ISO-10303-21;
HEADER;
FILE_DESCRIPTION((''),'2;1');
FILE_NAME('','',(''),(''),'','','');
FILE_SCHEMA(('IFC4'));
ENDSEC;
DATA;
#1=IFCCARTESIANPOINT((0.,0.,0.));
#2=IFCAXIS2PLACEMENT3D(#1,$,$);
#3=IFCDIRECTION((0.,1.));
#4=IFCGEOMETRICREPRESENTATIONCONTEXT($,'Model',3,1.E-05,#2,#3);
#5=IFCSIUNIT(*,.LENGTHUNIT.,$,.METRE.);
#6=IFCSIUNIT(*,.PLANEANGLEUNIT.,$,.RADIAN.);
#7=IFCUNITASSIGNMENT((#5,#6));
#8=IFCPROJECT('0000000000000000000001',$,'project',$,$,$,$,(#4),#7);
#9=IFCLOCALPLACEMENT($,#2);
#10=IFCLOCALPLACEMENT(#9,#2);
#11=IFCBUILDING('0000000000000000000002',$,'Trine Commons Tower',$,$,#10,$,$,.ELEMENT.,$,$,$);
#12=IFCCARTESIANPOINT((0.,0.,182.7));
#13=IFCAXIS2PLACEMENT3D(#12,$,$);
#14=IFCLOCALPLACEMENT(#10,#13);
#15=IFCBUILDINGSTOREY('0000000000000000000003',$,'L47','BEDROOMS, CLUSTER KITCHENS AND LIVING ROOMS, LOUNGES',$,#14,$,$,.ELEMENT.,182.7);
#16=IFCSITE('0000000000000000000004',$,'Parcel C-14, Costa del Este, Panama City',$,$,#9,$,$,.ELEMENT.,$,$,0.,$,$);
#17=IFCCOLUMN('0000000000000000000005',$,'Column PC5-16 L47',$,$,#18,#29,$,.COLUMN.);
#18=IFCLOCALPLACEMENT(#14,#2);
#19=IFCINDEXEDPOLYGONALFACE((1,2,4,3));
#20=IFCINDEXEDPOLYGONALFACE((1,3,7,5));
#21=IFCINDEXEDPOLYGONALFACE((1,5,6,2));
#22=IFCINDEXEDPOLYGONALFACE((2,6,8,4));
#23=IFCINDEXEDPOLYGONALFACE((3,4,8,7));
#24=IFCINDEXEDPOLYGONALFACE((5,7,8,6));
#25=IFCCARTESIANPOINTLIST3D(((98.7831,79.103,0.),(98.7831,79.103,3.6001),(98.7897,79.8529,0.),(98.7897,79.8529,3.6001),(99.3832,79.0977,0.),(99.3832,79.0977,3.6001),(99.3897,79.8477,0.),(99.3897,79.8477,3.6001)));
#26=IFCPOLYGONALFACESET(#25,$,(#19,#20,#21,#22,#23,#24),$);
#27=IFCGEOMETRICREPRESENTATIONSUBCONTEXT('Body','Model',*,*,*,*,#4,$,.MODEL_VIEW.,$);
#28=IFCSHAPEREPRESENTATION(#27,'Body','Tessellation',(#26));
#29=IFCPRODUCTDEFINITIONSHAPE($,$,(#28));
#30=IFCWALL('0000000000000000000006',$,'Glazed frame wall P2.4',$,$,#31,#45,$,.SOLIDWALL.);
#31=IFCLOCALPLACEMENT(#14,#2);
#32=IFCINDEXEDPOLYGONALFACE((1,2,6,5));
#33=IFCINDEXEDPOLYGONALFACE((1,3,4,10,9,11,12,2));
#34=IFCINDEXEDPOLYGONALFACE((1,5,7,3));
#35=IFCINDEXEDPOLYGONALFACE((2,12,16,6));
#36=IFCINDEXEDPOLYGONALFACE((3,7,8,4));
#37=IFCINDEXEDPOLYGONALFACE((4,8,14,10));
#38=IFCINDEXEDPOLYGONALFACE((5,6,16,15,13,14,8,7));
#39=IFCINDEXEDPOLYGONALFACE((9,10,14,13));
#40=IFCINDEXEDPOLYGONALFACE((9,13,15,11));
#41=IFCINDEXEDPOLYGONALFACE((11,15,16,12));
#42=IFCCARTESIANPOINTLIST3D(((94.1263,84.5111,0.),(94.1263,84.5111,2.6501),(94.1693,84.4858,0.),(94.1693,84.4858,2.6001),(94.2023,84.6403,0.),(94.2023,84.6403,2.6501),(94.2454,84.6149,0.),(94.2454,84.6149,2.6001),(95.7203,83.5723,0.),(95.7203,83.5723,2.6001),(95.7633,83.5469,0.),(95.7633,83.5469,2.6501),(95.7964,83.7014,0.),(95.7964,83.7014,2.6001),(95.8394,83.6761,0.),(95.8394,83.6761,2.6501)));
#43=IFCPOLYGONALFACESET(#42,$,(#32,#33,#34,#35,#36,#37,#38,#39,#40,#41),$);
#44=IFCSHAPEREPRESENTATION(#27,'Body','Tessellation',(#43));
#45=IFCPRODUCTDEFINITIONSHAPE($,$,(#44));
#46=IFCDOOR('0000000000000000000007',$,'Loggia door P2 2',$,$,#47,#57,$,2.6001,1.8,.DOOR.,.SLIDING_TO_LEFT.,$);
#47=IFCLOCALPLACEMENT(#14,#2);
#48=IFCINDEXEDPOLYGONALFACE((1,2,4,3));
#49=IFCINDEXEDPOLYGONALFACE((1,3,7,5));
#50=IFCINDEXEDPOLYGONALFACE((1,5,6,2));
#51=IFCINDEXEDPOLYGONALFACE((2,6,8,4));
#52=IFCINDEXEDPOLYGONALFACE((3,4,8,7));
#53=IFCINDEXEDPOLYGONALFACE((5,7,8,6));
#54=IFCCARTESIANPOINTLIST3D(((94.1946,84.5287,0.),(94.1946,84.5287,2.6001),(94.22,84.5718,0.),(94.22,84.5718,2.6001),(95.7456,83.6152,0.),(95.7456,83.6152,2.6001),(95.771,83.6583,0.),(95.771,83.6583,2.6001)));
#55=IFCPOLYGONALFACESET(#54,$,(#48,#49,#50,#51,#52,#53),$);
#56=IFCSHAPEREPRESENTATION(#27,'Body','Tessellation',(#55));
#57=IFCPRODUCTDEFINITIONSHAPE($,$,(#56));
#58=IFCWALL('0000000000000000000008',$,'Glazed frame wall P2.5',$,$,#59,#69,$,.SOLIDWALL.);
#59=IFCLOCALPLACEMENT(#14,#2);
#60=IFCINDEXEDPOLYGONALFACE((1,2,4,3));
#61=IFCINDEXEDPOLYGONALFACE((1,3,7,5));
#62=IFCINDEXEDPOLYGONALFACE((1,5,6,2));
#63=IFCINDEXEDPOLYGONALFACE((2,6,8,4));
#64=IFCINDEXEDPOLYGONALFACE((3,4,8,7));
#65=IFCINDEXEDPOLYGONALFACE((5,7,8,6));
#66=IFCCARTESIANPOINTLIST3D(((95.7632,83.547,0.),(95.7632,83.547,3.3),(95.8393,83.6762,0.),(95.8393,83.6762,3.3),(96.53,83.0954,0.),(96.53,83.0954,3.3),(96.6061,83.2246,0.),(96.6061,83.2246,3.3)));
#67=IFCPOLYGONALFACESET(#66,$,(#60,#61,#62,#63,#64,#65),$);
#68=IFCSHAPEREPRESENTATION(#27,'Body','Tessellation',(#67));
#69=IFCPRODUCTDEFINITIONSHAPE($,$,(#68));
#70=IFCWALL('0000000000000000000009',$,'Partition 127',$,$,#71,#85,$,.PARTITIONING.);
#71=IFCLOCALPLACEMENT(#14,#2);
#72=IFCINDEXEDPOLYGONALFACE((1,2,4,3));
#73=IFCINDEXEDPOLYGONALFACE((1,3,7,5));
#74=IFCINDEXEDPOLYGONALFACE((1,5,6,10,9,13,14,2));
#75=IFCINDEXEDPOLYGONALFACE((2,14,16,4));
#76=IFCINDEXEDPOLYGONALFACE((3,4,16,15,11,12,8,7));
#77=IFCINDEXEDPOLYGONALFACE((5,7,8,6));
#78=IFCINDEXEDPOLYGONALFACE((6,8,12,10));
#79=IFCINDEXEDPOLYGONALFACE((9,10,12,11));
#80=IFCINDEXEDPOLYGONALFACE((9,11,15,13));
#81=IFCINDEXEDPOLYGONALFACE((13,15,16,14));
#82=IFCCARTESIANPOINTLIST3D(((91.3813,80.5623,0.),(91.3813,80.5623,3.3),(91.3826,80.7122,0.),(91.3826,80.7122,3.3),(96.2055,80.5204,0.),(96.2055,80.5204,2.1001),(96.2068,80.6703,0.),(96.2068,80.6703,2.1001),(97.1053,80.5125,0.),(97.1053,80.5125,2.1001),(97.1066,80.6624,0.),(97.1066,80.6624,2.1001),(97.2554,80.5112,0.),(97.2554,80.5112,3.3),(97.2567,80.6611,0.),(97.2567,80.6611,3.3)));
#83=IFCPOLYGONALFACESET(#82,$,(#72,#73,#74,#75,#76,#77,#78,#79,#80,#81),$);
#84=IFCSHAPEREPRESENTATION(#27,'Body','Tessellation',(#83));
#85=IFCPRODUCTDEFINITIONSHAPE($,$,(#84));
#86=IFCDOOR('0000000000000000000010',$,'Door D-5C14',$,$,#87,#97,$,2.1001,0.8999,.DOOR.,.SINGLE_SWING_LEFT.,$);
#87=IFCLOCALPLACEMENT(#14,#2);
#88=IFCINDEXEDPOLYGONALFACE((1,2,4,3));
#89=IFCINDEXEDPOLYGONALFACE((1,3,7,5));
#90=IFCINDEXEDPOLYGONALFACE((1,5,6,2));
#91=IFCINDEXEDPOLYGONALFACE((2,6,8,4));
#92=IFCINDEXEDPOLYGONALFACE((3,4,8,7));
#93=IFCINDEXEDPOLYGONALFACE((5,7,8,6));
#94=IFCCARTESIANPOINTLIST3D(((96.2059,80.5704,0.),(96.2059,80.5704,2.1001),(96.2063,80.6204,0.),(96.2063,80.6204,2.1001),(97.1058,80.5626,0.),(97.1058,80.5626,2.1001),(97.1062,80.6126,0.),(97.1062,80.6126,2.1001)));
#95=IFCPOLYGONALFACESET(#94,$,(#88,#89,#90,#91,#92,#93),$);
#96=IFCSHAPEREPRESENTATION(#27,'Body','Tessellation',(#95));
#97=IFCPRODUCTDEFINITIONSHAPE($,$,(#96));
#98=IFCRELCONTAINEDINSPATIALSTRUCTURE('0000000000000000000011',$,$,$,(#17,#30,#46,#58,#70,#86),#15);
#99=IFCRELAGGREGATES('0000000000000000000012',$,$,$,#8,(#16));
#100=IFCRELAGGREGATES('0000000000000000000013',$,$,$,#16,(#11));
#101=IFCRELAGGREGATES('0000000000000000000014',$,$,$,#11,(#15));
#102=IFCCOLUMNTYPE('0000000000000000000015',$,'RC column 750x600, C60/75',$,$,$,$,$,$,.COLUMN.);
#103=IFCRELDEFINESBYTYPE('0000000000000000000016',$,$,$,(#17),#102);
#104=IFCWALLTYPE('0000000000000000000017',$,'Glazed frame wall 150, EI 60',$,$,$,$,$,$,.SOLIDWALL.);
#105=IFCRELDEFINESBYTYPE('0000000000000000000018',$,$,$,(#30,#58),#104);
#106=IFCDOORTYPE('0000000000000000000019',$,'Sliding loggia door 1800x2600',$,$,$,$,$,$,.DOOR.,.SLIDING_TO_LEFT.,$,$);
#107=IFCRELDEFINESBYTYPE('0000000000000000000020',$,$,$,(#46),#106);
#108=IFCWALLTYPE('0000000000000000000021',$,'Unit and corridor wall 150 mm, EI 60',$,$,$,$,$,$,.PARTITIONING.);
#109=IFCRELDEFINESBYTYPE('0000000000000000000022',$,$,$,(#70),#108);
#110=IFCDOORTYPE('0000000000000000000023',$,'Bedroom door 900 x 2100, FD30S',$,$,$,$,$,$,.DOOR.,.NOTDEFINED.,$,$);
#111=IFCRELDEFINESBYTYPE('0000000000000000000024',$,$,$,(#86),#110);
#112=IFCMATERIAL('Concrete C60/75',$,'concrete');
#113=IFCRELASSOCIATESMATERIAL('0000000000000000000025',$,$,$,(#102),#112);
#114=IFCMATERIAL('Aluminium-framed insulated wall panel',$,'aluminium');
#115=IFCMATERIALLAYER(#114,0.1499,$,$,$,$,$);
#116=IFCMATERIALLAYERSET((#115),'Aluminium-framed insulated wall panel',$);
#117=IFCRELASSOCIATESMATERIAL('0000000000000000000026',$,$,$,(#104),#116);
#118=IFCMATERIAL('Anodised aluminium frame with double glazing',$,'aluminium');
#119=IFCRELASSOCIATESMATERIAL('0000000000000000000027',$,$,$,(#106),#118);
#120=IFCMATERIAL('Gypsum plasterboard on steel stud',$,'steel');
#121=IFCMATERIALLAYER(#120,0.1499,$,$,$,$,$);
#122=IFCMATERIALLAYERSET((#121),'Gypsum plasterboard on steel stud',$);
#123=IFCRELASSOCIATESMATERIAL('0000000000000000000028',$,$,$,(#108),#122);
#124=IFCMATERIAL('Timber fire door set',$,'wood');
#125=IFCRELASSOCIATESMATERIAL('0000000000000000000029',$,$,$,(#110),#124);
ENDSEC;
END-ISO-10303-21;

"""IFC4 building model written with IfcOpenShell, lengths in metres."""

from ifc_helpers import new_model, si_unit, direction, frame, frame_2d, origin, origin_2d, place, context, subcontext, project, spatial, polyline, rectangle, outline, extrude, material, layer, layer_set, material_profile, profile_set, type_object, element, fill, save


model = new_model("IFC4")

# Units and contexts
model_context = context("Model", 3, precision=1e-05, world=origin(), true_north=direction((0.0, 1.0)))
body_context = subcontext(model_context, "Body", "Model", "MODEL_VIEW")
ifc_project = project(units=[si_unit("LENGTHUNIT", "METRE"), si_unit("PLANEANGLEUNIT", "RADIAN")], contexts=[model_context])

# Site, building, storey
site_placement = place(None, origin())
site = spatial("IfcSite", under=ifc_project, at=site_placement, Name="Parcel C-14, Costa del Este, Panama City", CompositionType="ELEMENT", RefElevation=0.0)
building_placement = place(site_placement, origin())
building = spatial("IfcBuilding", under=site, at=building_placement, Name="Trine Commons Tower", CompositionType="ELEMENT")
storey_placement = place(building_placement, frame((0.0, 0.0, 182.7)))
storey = spatial("IfcBuildingStorey", under=building, at=storey_placement, Name="L47", Description="BEDROOMS, CLUSTER KITCHENS AND LIVING ROOMS, LOUNGES", CompositionType="ELEMENT", Elevation=182.7)

# Column
ifc_material_1 = material(Name="Concrete C60/75", Category="concrete")
ifc_material_profile = material_profile(ifc_material_1, rectangle(XDim=0.75, YDim=0.6001, at=origin_2d()), Name="RC 750x600")
ifc_profile_set = profile_set([ifc_material_profile], Name="Concrete C60/75")
column_type = type_object("IfcColumnType", Name="RC column 750x600, C60/75", PredefinedType="COLUMN", material=ifc_profile_set)
column_placement = place(storey_placement, frame((99.0864, 79.4753, 0.0), z_axis=(0.0, 0.0, 1.0), x_axis=(0.008727, 0.999962, 0.0)))
element("IfcColumn", 1, at=column_placement, inside=storey, type_object=column_type, Name="Column PC5-16 L47", PredefinedType="COLUMN", context=body_context, shape_type="SweptSolid", body=[
    extrude(rectangle(XDim=0.75, YDim=0.6001, at=origin_2d()), origin(), (0.0, 0.0, 1.0), 3.6001),
])

# Wall, opening, door
ifc_material_2 = material(Name="Aluminium-framed insulated wall panel", Category="aluminium")
ifc_layer_1 = layer(ifc_material_2, 0.1499)
ifc_layer_set_1 = layer_set([ifc_layer_1], Name="Aluminium-framed insulated wall panel")
wall_type_1 = type_object("IfcWallType", Name="Glazed frame wall 150, EI 60", PredefinedType="SOLIDWALL", material=ifc_layer_set_1)
wall_1_placement = place(storey_placement, frame((94.1643, 84.5757, 0.0), z_axis=(0.0, 0.0, 1.0), x_axis=(0.86166, -0.507486, 0.0)))
wall_1 = element("IfcWall", 2, at=wall_1_placement, inside=storey, type_object=wall_type_1, Name="Glazed frame wall P2.4", PredefinedType="SOLIDWALL", context=body_context, shape_type="SweptSolid", body=[
    extrude(outline(polyline([(0.0, -0.075), (1.8999, -0.075), (1.8999, 0.075), (0.0, 0.075), (0.0, -0.075)])), origin(), (0.0, 0.0, 1.0), 2.6501),
])
opening_1_placement = place(wall_1_placement, frame((0.05, 0.0, 0.0)))
opening_1 = element("IfcOpeningElement", 3, at=opening_1_placement, cuts=wall_1, PredefinedType="OPENING", context=body_context, shape_type="SweptSolid", body=[
    extrude(rectangle(XDim=1.8, YDim=2.6001, at=frame_2d((0.8999, 1.3))), frame((0.0, 0.085, 0.0), z_axis=(0.0, -1.0, 0.0), x_axis=(1.0, 0.0, 0.0)), (0.0, 0.0, 1.0), 0.1699),
])
ifc_material_3 = material(Name="Anodised aluminium frame with double glazing", Category="aluminium")
door_type_1 = type_object("IfcDoorType", Name="Sliding loggia door 1800x2600", OperationType="SLIDING_TO_LEFT", PredefinedType="DOOR", material=ifc_material_3)
door_1_placement = place(opening_1_placement, origin())
door_1 = element("IfcDoor", 4, at=door_1_placement, inside=storey, type_object=door_type_1, Name="Loggia door P2 2", OperationType="SLIDING_TO_LEFT", OverallHeight=2.6001, OverallWidth=1.8, PredefinedType="DOOR", context=body_context, shape_type="SweptSolid", body=[
    extrude(rectangle(XDim=1.8, YDim=2.6001, at=frame_2d((0.8999, 1.3))), frame((0.0, 0.0249, 0.0), z_axis=(0.0, -1.0, 0.0), x_axis=(1.0, 0.0, 0.0)), (0.0, 0.0, 1.0), 0.05),
])
fill(opening_1, door_1)

# Wall
wall_2_placement = place(storey_placement, frame((95.8013, 83.6116, 0.0), z_axis=(0.0, 0.0, 1.0), x_axis=(0.861664, -0.507479, 0.0)))
element("IfcWall", 5, at=wall_2_placement, inside=storey, type_object=wall_type_1, Name="Glazed frame wall P2.5", PredefinedType="SOLIDWALL", context=body_context, shape_type="SweptSolid", body=[
    extrude(outline(polyline([(0.8899, 0.075), (0.0, 0.075), (0.0, -0.075), (0.8899, -0.075), (0.8899, 0.075)])), origin(), (0.0, 0.0, 1.0), 3.3),
])

# Wall, opening, door
ifc_material_4 = material(Name="Gypsum plasterboard on steel stud", Category="steel")
ifc_layer_2 = layer(ifc_material_4, 0.1499)
ifc_layer_set_2 = layer_set([ifc_layer_2], Name="Gypsum plasterboard on steel stud")
wall_type_2 = type_object("IfcWallType", Name="Unit and corridor wall 150 mm, EI 60", PredefinedType="PARTITIONING", material=ifc_layer_set_2)
wall_3_placement = place(storey_placement, frame((91.3821, 80.6372, 0.0), z_axis=(0.0, 0.0, 1.0), x_axis=(0.999962, -0.008686, 0.0)))
wall_3 = element("IfcWall", 6, at=wall_3_placement, inside=storey, type_object=wall_type_2, Name="Partition 127", PredefinedType="PARTITIONING", context=body_context, shape_type="SweptSolid", body=[
    extrude(rectangle(XDim=5.8743, YDim=0.1499, at=frame_2d((2.937, 0.0))), origin(), (0.0, 0.0, 1.0), 3.3),
])
opening_2_placement = place(wall_3_placement, frame((4.8242, 0.0, 0.0)))
opening_2 = element("IfcOpeningElement", 7, at=opening_2_placement, cuts=wall_3, PredefinedType="OPENING", context=body_context, shape_type="SweptSolid", body=[
    extrude(rectangle(XDim=0.8999, YDim=2.1001, at=frame_2d((0.45, 1.05))), frame((0.0, 0.085, 0.0), z_axis=(0.0, -1.0, 0.0), x_axis=(1.0, 0.0, 0.0)), (0.0, 0.0, 1.0), 0.1699),
])
ifc_material_5 = material(Name="Timber fire door set", Category="wood")
door_type_2 = type_object("IfcDoorType", Name="Bedroom door 900 x 2100, FD30S", OperationType="NOTDEFINED", PredefinedType="DOOR", material=ifc_material_5)
door_2_placement = place(opening_2_placement, frame((0.8999, 0.0, 0.0), z_axis=(0.0, 0.0, 1.0), x_axis=(-1.0, 0.0, 0.0)))
door_2 = element("IfcDoor", 8, at=door_2_placement, inside=storey, type_object=door_type_2, Name="Door D-5C14", OperationType="SINGLE_SWING_LEFT", OverallHeight=2.1001, OverallWidth=0.8999, PredefinedType="DOOR", context=body_context, shape_type="SweptSolid", body=[
    extrude(rectangle(XDim=0.8999, YDim=2.1001, at=frame_2d((0.45, 1.05))), frame((0.0, 0.0249, 0.0), z_axis=(0.0, -1.0, 0.0), x_axis=(1.0, 0.0, 0.0)), (0.0, 0.0, 1.0), 0.05),
])
fill(opening_2, door_2)

save(model, "model.ifc")
